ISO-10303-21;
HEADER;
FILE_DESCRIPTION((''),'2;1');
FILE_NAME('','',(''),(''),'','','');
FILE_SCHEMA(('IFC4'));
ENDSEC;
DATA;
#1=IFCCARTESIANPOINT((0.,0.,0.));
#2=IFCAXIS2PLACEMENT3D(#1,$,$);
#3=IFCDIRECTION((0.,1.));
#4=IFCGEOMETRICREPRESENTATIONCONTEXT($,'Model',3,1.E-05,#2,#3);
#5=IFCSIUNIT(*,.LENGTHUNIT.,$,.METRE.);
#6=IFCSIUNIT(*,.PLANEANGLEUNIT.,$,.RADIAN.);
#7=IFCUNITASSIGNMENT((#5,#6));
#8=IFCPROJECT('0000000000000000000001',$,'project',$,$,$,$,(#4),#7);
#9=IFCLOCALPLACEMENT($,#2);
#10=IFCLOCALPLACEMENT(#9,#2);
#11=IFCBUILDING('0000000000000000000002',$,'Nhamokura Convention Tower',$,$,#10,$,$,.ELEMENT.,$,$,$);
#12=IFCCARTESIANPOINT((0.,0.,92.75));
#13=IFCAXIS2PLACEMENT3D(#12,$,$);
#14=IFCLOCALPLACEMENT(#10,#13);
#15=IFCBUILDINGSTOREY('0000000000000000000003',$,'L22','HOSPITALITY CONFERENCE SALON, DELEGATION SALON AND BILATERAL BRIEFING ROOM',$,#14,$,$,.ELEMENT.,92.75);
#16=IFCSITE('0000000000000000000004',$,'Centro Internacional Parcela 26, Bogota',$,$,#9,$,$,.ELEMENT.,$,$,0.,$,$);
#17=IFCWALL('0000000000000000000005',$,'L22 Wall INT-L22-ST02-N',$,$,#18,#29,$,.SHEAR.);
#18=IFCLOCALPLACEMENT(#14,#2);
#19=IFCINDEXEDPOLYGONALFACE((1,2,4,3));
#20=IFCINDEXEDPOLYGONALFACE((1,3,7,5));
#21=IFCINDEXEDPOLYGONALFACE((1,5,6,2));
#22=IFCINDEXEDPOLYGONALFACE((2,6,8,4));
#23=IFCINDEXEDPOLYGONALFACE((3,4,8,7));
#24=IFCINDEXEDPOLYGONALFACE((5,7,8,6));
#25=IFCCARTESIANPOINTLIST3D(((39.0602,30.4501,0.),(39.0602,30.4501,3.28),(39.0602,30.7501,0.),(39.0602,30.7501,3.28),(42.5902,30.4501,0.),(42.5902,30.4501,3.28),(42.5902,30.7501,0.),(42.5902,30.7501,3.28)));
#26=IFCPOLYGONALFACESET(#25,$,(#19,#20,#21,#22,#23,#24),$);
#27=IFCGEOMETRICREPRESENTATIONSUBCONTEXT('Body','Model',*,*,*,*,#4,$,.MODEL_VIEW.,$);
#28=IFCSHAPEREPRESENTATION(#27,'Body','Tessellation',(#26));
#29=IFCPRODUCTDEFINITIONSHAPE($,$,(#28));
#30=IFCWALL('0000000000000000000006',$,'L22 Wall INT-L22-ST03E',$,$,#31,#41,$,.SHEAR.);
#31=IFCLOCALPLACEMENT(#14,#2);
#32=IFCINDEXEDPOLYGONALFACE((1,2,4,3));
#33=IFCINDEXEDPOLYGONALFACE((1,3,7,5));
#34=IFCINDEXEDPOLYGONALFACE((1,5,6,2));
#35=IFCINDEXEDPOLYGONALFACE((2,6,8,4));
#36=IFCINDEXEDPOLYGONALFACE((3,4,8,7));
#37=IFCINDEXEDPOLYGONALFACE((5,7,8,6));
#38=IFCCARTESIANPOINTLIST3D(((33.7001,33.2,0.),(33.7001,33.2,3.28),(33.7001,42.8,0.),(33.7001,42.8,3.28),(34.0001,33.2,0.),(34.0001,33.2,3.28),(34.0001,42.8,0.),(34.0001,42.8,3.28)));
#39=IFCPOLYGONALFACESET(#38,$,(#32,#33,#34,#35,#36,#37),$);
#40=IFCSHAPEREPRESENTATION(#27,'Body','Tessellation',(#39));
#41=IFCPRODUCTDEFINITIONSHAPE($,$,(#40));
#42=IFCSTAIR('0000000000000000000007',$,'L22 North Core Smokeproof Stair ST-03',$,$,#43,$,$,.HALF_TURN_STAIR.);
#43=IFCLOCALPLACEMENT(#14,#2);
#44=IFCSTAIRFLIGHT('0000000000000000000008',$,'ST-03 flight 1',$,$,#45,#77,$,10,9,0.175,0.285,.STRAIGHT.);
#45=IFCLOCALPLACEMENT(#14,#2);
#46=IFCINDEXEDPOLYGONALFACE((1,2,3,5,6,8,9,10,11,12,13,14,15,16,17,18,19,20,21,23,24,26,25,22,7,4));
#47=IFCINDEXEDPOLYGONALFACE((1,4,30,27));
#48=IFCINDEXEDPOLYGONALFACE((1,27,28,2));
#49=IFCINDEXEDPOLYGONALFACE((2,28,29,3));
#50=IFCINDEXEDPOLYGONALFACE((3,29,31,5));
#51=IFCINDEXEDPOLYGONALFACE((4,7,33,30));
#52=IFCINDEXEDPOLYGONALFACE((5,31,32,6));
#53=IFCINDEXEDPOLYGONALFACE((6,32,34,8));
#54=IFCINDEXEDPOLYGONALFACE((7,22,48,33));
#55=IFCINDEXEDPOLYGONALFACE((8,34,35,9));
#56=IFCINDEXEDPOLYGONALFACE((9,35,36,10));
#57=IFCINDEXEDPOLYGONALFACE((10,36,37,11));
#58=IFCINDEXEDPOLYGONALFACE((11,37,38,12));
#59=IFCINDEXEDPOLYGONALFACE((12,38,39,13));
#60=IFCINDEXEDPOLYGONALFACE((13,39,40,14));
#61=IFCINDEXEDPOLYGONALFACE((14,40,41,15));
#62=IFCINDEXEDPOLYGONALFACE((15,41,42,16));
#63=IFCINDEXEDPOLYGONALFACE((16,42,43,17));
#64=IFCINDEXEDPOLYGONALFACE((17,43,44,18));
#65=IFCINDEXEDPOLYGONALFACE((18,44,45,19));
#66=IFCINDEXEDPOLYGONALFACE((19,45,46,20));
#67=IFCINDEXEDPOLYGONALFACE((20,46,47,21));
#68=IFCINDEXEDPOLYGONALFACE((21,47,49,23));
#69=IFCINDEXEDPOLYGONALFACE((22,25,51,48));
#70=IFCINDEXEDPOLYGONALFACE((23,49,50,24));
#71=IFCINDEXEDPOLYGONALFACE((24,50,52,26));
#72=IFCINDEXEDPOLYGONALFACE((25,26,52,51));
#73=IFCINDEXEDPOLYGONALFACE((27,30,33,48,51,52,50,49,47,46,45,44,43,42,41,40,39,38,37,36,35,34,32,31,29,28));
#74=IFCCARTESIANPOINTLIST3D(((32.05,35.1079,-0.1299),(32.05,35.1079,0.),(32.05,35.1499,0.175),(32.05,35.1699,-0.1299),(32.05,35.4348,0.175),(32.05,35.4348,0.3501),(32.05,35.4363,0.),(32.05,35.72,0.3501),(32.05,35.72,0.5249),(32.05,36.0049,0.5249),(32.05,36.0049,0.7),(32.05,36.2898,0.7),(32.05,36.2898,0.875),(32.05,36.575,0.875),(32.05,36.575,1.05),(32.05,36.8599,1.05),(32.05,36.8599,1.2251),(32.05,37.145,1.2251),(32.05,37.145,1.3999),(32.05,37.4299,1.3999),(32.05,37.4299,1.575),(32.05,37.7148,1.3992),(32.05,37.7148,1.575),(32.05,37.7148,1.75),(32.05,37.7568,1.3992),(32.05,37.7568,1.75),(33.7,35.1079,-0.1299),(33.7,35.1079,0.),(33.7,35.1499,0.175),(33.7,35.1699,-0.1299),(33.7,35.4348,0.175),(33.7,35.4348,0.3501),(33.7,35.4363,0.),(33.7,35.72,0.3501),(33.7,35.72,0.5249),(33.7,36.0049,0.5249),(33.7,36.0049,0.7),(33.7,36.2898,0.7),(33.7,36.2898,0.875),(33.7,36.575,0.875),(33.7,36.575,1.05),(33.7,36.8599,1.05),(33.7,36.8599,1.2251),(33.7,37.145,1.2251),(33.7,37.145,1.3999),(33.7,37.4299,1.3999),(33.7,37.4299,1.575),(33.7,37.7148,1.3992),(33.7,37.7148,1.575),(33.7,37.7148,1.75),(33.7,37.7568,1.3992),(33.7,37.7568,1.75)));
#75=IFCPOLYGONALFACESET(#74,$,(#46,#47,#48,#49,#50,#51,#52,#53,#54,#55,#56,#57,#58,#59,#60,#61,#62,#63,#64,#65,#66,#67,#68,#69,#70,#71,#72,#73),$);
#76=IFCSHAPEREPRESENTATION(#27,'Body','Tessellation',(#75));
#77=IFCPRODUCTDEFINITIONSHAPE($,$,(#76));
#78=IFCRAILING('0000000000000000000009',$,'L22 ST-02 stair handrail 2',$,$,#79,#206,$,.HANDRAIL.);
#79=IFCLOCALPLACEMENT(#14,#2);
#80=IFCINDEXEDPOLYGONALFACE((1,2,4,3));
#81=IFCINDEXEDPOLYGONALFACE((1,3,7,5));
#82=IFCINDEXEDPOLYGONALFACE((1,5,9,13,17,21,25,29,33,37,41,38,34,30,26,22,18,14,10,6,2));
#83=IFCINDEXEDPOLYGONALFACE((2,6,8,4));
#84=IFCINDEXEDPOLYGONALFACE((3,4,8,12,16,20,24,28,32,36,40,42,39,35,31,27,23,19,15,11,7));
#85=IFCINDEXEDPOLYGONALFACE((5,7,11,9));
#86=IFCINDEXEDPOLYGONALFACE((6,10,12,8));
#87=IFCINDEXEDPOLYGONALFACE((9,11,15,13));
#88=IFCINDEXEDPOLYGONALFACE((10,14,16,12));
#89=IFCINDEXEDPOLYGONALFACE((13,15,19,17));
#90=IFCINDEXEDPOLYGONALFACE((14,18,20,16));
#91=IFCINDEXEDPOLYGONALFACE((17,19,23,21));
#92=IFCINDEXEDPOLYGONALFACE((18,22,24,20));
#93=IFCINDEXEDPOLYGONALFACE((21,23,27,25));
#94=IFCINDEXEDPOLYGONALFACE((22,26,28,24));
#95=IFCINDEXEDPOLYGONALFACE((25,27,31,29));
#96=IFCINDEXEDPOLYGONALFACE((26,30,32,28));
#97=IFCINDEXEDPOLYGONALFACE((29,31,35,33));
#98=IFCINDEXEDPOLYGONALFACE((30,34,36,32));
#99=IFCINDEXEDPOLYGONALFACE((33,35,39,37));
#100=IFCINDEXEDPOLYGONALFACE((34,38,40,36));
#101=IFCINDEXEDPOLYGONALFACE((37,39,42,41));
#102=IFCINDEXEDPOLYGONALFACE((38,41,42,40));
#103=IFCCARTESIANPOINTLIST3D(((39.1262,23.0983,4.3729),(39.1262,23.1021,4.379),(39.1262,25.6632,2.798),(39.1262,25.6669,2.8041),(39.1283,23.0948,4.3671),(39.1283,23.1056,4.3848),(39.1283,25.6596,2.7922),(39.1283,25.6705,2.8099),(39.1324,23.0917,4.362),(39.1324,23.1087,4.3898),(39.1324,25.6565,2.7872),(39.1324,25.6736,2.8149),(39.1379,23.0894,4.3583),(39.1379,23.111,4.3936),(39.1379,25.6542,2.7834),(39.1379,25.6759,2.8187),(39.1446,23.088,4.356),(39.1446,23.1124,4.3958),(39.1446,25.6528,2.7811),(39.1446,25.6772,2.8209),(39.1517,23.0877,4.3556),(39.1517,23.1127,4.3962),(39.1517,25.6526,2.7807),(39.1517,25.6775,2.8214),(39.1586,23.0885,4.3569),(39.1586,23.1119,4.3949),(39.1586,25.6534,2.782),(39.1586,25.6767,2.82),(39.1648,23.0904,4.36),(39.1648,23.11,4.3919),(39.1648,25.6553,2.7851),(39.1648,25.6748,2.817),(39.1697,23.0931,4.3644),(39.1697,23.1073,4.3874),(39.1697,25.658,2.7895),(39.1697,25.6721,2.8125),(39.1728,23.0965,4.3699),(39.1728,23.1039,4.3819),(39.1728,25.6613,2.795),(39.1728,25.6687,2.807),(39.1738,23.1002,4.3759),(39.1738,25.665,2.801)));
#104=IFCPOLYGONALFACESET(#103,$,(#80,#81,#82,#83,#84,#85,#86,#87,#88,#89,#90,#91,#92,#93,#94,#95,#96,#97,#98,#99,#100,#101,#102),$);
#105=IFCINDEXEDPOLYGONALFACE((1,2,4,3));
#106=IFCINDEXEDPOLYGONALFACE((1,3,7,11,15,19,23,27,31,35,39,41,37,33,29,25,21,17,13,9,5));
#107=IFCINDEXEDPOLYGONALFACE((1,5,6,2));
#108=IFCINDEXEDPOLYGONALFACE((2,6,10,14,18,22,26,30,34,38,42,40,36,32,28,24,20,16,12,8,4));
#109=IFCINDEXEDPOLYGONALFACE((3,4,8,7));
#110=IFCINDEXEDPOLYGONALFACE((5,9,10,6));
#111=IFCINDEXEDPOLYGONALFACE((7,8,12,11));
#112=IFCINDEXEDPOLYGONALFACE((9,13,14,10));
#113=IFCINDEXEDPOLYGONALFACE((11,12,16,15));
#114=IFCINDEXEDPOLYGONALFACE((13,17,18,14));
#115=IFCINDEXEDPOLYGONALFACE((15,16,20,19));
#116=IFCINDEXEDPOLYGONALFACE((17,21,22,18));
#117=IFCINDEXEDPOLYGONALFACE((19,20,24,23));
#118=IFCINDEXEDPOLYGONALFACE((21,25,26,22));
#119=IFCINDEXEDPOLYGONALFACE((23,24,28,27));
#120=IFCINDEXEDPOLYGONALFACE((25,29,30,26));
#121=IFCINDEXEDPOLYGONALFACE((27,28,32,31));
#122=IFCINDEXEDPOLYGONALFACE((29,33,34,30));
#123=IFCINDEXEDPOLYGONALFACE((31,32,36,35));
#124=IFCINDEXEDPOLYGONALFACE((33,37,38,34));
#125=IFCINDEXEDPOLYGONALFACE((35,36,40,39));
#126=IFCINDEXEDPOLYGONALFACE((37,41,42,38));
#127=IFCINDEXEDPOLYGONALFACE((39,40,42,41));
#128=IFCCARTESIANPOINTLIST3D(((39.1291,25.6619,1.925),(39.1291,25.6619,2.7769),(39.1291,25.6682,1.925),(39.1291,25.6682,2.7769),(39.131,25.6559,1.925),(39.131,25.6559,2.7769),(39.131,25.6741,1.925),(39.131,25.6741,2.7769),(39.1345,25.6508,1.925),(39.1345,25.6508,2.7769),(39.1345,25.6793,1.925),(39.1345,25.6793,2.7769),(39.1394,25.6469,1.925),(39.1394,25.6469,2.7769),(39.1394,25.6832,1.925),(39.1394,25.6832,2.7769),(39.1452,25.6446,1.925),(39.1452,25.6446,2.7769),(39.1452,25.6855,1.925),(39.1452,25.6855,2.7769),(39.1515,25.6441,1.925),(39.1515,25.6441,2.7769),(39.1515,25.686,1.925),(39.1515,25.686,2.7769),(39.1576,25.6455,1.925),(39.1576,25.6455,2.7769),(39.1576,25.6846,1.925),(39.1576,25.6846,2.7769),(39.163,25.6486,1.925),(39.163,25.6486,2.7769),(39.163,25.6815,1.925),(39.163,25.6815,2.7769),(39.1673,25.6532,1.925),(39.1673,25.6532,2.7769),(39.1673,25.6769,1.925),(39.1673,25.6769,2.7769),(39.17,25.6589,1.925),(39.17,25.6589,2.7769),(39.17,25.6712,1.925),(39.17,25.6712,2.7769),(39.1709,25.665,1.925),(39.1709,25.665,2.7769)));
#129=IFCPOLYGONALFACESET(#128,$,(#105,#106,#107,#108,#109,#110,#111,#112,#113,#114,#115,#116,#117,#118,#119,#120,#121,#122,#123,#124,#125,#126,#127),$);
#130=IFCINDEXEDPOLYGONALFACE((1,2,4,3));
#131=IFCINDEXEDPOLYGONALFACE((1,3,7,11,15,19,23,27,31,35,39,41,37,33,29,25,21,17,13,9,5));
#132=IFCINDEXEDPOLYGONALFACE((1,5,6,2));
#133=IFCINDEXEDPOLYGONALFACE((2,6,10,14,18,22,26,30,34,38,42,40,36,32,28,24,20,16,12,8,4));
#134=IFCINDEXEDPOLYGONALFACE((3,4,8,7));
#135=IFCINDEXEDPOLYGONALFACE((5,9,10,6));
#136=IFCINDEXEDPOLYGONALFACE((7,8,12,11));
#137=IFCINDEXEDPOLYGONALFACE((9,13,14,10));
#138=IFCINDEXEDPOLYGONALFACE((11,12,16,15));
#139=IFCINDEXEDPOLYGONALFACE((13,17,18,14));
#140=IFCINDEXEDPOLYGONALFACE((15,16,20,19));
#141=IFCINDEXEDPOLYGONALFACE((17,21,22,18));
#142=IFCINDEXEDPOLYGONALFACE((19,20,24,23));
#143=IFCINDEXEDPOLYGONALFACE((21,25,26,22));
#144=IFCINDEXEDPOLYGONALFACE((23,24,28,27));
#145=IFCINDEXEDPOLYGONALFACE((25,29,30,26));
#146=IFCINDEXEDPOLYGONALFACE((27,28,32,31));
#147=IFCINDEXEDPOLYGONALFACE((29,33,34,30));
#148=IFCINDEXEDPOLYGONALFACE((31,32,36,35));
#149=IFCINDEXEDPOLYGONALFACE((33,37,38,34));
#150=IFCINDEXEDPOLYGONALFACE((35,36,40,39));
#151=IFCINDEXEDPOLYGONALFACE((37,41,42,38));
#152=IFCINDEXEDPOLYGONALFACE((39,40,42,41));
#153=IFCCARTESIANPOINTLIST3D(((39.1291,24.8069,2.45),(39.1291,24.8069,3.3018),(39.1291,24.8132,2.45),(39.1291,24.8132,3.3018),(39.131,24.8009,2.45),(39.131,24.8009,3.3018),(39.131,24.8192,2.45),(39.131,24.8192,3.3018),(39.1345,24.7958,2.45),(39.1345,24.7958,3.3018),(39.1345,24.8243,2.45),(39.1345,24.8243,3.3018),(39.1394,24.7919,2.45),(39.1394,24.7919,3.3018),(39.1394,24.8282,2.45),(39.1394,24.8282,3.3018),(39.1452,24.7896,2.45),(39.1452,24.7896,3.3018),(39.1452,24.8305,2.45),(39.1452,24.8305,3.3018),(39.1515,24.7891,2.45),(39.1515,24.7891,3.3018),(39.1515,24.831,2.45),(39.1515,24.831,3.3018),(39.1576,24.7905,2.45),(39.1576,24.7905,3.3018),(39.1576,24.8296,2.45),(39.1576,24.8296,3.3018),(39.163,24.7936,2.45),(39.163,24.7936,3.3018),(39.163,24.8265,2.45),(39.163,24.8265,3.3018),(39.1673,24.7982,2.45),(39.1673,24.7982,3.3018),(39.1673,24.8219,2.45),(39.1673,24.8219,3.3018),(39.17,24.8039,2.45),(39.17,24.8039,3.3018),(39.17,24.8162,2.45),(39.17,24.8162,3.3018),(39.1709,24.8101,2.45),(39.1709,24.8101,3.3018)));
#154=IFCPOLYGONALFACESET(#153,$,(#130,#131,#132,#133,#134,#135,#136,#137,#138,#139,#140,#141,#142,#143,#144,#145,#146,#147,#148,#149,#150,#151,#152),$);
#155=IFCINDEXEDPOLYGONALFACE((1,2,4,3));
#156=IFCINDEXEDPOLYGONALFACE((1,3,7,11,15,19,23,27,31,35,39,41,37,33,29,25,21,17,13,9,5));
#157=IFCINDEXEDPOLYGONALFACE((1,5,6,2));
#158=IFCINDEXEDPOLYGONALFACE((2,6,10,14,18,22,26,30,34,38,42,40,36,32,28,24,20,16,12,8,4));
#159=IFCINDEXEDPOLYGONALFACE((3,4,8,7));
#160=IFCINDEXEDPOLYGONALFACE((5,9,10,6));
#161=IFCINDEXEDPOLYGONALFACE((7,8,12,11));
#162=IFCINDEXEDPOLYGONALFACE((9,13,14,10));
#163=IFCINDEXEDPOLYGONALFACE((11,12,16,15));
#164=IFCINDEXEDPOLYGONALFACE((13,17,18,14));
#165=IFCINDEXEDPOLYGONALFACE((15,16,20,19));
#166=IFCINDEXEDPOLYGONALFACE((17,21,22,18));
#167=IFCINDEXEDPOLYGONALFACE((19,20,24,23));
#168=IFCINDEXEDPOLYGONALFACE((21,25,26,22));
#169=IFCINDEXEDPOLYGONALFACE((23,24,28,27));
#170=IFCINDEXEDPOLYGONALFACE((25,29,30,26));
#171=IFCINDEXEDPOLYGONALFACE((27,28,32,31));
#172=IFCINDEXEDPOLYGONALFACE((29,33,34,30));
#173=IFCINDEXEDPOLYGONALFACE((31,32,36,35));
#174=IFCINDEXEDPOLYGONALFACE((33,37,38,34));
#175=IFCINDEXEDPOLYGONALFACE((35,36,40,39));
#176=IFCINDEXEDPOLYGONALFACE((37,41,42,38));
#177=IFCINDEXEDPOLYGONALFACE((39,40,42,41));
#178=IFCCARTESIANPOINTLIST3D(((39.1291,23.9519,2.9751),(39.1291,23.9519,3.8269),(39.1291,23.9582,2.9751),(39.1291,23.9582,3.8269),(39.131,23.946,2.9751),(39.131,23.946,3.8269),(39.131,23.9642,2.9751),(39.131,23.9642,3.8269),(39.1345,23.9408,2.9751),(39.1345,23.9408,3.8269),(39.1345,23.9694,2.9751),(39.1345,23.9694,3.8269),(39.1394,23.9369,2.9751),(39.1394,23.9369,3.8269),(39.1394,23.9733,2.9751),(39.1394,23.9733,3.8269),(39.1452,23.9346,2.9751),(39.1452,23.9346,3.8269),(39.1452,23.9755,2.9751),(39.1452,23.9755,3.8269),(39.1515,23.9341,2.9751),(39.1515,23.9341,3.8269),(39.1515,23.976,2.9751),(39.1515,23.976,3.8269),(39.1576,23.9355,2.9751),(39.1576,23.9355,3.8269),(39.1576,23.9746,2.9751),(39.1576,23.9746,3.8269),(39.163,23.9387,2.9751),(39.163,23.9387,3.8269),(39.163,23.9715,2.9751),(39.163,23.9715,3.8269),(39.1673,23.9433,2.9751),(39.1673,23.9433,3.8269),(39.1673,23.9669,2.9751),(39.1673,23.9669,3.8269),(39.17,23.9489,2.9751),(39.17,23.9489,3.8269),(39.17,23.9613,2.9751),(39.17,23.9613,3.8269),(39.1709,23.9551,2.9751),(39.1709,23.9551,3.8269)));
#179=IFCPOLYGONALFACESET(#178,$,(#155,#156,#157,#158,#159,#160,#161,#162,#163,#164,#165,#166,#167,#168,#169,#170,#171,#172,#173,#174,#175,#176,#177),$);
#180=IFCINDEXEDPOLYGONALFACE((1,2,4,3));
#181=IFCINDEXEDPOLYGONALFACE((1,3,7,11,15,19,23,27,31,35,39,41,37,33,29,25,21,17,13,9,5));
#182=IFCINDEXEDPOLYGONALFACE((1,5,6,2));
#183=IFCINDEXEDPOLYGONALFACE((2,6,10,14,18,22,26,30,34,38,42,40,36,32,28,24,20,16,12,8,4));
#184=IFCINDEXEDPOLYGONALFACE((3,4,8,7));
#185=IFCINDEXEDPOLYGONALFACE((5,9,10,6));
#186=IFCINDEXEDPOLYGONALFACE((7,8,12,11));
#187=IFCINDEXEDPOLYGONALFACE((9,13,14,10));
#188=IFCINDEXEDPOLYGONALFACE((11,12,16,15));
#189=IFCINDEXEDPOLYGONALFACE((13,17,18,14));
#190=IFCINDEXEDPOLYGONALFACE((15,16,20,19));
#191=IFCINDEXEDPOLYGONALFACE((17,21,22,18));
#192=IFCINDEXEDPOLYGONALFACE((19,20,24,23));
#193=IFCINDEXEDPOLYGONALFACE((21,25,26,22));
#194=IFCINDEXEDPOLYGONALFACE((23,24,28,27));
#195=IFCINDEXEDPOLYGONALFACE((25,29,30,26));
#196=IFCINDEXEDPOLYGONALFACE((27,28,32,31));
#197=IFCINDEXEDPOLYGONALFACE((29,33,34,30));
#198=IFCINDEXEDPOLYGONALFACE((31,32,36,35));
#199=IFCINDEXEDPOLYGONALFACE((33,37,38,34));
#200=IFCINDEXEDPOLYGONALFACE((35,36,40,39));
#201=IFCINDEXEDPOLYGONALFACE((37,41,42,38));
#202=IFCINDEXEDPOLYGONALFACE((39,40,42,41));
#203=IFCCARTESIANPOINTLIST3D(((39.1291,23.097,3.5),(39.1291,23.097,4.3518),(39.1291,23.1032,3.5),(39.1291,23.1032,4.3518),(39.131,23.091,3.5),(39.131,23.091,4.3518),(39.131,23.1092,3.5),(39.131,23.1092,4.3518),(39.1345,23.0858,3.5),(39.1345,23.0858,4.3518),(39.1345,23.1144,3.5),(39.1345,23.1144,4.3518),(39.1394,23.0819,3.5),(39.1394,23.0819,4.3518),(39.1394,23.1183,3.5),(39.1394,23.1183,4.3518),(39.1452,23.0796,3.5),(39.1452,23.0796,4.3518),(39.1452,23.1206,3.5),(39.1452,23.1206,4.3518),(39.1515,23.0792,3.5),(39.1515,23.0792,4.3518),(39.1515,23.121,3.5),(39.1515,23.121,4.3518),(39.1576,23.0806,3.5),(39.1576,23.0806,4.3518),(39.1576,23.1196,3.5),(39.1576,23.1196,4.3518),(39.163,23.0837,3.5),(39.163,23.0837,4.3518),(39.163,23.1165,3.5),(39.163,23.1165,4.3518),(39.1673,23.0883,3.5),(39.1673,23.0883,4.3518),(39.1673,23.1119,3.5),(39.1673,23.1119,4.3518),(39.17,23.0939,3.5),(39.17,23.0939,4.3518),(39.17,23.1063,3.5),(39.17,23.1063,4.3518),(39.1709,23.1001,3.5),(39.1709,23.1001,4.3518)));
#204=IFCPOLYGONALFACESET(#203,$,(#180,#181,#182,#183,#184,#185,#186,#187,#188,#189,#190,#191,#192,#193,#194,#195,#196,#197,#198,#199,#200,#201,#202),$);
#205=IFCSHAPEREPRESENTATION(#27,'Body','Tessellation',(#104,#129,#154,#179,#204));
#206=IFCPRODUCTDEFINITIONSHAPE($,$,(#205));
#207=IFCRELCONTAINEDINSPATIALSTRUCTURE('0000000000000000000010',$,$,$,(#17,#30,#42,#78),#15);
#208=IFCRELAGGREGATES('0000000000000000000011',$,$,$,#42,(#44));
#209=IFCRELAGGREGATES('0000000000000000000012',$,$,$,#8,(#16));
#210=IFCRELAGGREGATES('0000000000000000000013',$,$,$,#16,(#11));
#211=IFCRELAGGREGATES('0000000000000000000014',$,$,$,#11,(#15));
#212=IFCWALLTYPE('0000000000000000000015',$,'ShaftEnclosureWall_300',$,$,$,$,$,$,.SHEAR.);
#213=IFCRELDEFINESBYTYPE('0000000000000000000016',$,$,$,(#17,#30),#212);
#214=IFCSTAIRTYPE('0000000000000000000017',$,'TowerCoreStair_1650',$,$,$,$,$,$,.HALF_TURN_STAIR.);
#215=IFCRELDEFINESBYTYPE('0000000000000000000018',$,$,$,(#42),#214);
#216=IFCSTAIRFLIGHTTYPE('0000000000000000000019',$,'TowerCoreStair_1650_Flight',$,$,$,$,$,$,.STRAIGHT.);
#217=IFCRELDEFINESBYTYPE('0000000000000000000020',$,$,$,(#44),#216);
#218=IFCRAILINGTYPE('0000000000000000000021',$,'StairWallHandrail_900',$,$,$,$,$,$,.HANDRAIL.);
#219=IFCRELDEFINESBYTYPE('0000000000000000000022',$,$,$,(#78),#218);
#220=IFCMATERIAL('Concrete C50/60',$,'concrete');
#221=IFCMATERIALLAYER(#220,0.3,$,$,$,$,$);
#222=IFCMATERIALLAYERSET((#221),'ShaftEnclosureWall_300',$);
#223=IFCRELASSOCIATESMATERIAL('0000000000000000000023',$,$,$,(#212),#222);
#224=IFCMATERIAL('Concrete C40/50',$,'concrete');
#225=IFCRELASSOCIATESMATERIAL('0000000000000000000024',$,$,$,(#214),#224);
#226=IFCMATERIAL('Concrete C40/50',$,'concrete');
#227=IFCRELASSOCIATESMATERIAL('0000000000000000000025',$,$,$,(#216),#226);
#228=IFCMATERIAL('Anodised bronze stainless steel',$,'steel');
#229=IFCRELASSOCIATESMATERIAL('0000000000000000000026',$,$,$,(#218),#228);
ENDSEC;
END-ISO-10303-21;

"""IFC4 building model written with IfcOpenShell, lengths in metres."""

from ifc_helpers import new_model, si_unit, direction, frame, frame_2d, origin, origin_2d, place, context, subcontext, project, spatial, polyline, rectangle, circle, outline, extrude, material, layer, layer_set, type_object, element, aggregate, save


model = new_model("IFC4")

# Units and contexts
model_context = context("Model", 3, precision=1e-05, world=origin(), true_north=direction((0.0, 1.0)))
body_context = subcontext(model_context, "Body", "Model", "MODEL_VIEW")
ifc_project = project(units=[si_unit("LENGTHUNIT", "METRE"), si_unit("PLANEANGLEUNIT", "RADIAN")], contexts=[model_context])

# Site, building, storey
site_placement = place(None, origin())
site = spatial("IfcSite", under=ifc_project, at=site_placement, Name="Centro Internacional Parcela 26, Bogota", CompositionType="ELEMENT", RefElevation=0.0)
building_placement = place(site_placement, origin())
building = spatial("IfcBuilding", under=site, at=building_placement, Name="Nhamokura Convention Tower", CompositionType="ELEMENT")
storey_placement = place(building_placement, frame((0.0, 0.0, 92.75)))
storey = spatial("IfcBuildingStorey", under=building, at=storey_placement, Name="L22", Description="HOSPITALITY CONFERENCE SALON, DELEGATION SALON AND BILATERAL BRIEFING ROOM", CompositionType="ELEMENT", Elevation=92.75)

# Walls
ifc_material_1 = material(Name="Concrete C50/60", Category="concrete")
ifc_layer_1 = layer(ifc_material_1, 0.3)
ifc_layer_set_1 = layer_set([ifc_layer_1], Name="ShaftEnclosureWall_300")
wall_type_1 = type_object("IfcWallType", Name="ShaftEnclosureWall_300", PredefinedType="SHEAR", material=ifc_layer_set_1)
wall_1_placement = place(storey_placement, frame((39.0601, 30.6001, 0.0), z_axis=(0.0, 0.0, 1.0), x_axis=(1.0, 0.0, 0.0)))
element("IfcWall", 1, at=wall_1_placement, inside=storey, type_object=wall_type_1, Name="L22 Wall INT-L22-ST02-N", PredefinedType="SHEAR", context=body_context, shape_type="SweptSolid", body=[
    extrude(rectangle(XDim=3.53, YDim=0.3, at=frame_2d((1.7651, 0.0))), origin(), (0.0, 0.0, 1.0), 3.28),
])
wall_2_placement = place(storey_placement, frame((33.8501, 33.2, 0.0), z_axis=(0.0, 0.0, 1.0), x_axis=(0.0, 1.0, 0.0)))
element("IfcWall", 2, at=wall_2_placement, inside=storey, type_object=wall_type_1, Name="L22 Wall INT-L22-ST03E", PredefinedType="SHEAR", context=body_context, shape_type="SweptSolid", body=[
    extrude(rectangle(XDim=9.6001, YDim=0.3, at=frame_2d((4.8, 0.0))), origin(), (0.0, 0.0, 1.0), 3.28),
])

# Stair, stair flight
ifc_material_2 = material(Name="Concrete C40/50", Category="concrete")
stair_type = type_object("IfcStairType", Name="TowerCoreStair_1650", PredefinedType="HALF_TURN_STAIR", material=ifc_material_2)
stair_placement = place(storey_placement, origin())
stair = element("IfcStair", 3, at=stair_placement, inside=storey, type_object=stair_type, Name="L22 North Core Smokeproof Stair ST-03", PredefinedType="HALF_TURN_STAIR")
ifc_material_3 = material(Name="Concrete C40/50", Category="concrete")
stair_flight_type = type_object("IfcStairFlightType", Name="TowerCoreStair_1650_Flight", PredefinedType="STRAIGHT", material=ifc_material_3)
stair_flight_placement = place(storey_placement, frame((32.875, 35.1499, 0.0), z_axis=(0.0, 0.0, 1.0), x_axis=(0.0, 1.0, 0.0)))
stair_flight = element("IfcStairFlight", 4, at=stair_flight_placement, type_object=stair_flight_type, Name="ST-03 flight 1", NumberOfRisers=10, NumberOfTreads=9, PredefinedType="STRAIGHT", RiserHeight=0.175, TreadLength=0.285, context=body_context, shape_type="SweptSolid", body=[
    extrude(outline(polyline([(-0.042, 0.0), (0.0, 0.175), (0.2849, 0.175), (0.2849, 0.3501), (0.5701, 0.3501), (0.5701, 0.5249), (0.855, 0.5249), (0.855, 0.7), (1.1399, 0.7), (1.1399, 0.875), (1.425, 0.875), (1.425, 1.05), (1.71, 1.05), (1.71, 1.2251), (1.9951, 1.2251), (1.9951, 1.3999), (2.28, 1.3999), (2.28, 1.575), (2.5649, 1.575), (2.5649, 1.75), (2.6069, 1.75), (2.6069, 1.3992), (2.5649, 1.3992), (0.2864, 0.0), (0.02, -0.1299), (-0.042, -0.1299), (-0.042, 0.0)])), frame((0.0, 0.825, 0.0), z_axis=(0.0, -1.0, 0.0), x_axis=(1.0, 0.0, 0.0)), (0.0, 0.0, 1.0), 1.6499),
])
aggregate(stair, [stair_flight])

# Railing
ifc_material_4 = material(Name="Anodised bronze stainless steel", Category="steel")
railing_type_1 = type_object("IfcRailingType", Name="StairWallHandrail_900", PredefinedType="HANDRAIL", material=ifc_material_4)
railing_1_placement = place(storey_placement, frame((39.1499, 25.665, 1.925)))
element("IfcRailing", 5, at=railing_1_placement, inside=storey, type_object=railing_type_1, Name="L22 ST-02 stair handrail 2", PredefinedType="HANDRAIL", context=body_context, shape_type="SweptSolid", body=[
    extrude(circle(Radius=0.0239, at=origin_2d()), frame((0.0, 0.0, 0.876), z_axis=(0.0, -0.852173, 0.52326), x_axis=(1.0, 0.0, 0.0)), (0.0, 0.0, 1.0), 3.0098),
    extrude(circle(Radius=0.021, at=origin_2d()), origin(), (0.0, 0.0, 1.0), 0.8518),
    extrude(circle(Radius=0.021, at=origin_2d()), frame((0.0, -0.855, 0.5249)), (0.0, 0.0, 1.0), 0.8518),
    extrude(circle(Radius=0.021, at=origin_2d()), frame((0.0, -1.71, 1.05)), (0.0, 0.0, 1.0), 0.8518),
    extrude(circle(Radius=0.021, at=origin_2d()), frame((0.0, -2.5649, 1.575)), (0.0, 0.0, 1.0), 0.8518),
])

save(model, "model.ifc")
